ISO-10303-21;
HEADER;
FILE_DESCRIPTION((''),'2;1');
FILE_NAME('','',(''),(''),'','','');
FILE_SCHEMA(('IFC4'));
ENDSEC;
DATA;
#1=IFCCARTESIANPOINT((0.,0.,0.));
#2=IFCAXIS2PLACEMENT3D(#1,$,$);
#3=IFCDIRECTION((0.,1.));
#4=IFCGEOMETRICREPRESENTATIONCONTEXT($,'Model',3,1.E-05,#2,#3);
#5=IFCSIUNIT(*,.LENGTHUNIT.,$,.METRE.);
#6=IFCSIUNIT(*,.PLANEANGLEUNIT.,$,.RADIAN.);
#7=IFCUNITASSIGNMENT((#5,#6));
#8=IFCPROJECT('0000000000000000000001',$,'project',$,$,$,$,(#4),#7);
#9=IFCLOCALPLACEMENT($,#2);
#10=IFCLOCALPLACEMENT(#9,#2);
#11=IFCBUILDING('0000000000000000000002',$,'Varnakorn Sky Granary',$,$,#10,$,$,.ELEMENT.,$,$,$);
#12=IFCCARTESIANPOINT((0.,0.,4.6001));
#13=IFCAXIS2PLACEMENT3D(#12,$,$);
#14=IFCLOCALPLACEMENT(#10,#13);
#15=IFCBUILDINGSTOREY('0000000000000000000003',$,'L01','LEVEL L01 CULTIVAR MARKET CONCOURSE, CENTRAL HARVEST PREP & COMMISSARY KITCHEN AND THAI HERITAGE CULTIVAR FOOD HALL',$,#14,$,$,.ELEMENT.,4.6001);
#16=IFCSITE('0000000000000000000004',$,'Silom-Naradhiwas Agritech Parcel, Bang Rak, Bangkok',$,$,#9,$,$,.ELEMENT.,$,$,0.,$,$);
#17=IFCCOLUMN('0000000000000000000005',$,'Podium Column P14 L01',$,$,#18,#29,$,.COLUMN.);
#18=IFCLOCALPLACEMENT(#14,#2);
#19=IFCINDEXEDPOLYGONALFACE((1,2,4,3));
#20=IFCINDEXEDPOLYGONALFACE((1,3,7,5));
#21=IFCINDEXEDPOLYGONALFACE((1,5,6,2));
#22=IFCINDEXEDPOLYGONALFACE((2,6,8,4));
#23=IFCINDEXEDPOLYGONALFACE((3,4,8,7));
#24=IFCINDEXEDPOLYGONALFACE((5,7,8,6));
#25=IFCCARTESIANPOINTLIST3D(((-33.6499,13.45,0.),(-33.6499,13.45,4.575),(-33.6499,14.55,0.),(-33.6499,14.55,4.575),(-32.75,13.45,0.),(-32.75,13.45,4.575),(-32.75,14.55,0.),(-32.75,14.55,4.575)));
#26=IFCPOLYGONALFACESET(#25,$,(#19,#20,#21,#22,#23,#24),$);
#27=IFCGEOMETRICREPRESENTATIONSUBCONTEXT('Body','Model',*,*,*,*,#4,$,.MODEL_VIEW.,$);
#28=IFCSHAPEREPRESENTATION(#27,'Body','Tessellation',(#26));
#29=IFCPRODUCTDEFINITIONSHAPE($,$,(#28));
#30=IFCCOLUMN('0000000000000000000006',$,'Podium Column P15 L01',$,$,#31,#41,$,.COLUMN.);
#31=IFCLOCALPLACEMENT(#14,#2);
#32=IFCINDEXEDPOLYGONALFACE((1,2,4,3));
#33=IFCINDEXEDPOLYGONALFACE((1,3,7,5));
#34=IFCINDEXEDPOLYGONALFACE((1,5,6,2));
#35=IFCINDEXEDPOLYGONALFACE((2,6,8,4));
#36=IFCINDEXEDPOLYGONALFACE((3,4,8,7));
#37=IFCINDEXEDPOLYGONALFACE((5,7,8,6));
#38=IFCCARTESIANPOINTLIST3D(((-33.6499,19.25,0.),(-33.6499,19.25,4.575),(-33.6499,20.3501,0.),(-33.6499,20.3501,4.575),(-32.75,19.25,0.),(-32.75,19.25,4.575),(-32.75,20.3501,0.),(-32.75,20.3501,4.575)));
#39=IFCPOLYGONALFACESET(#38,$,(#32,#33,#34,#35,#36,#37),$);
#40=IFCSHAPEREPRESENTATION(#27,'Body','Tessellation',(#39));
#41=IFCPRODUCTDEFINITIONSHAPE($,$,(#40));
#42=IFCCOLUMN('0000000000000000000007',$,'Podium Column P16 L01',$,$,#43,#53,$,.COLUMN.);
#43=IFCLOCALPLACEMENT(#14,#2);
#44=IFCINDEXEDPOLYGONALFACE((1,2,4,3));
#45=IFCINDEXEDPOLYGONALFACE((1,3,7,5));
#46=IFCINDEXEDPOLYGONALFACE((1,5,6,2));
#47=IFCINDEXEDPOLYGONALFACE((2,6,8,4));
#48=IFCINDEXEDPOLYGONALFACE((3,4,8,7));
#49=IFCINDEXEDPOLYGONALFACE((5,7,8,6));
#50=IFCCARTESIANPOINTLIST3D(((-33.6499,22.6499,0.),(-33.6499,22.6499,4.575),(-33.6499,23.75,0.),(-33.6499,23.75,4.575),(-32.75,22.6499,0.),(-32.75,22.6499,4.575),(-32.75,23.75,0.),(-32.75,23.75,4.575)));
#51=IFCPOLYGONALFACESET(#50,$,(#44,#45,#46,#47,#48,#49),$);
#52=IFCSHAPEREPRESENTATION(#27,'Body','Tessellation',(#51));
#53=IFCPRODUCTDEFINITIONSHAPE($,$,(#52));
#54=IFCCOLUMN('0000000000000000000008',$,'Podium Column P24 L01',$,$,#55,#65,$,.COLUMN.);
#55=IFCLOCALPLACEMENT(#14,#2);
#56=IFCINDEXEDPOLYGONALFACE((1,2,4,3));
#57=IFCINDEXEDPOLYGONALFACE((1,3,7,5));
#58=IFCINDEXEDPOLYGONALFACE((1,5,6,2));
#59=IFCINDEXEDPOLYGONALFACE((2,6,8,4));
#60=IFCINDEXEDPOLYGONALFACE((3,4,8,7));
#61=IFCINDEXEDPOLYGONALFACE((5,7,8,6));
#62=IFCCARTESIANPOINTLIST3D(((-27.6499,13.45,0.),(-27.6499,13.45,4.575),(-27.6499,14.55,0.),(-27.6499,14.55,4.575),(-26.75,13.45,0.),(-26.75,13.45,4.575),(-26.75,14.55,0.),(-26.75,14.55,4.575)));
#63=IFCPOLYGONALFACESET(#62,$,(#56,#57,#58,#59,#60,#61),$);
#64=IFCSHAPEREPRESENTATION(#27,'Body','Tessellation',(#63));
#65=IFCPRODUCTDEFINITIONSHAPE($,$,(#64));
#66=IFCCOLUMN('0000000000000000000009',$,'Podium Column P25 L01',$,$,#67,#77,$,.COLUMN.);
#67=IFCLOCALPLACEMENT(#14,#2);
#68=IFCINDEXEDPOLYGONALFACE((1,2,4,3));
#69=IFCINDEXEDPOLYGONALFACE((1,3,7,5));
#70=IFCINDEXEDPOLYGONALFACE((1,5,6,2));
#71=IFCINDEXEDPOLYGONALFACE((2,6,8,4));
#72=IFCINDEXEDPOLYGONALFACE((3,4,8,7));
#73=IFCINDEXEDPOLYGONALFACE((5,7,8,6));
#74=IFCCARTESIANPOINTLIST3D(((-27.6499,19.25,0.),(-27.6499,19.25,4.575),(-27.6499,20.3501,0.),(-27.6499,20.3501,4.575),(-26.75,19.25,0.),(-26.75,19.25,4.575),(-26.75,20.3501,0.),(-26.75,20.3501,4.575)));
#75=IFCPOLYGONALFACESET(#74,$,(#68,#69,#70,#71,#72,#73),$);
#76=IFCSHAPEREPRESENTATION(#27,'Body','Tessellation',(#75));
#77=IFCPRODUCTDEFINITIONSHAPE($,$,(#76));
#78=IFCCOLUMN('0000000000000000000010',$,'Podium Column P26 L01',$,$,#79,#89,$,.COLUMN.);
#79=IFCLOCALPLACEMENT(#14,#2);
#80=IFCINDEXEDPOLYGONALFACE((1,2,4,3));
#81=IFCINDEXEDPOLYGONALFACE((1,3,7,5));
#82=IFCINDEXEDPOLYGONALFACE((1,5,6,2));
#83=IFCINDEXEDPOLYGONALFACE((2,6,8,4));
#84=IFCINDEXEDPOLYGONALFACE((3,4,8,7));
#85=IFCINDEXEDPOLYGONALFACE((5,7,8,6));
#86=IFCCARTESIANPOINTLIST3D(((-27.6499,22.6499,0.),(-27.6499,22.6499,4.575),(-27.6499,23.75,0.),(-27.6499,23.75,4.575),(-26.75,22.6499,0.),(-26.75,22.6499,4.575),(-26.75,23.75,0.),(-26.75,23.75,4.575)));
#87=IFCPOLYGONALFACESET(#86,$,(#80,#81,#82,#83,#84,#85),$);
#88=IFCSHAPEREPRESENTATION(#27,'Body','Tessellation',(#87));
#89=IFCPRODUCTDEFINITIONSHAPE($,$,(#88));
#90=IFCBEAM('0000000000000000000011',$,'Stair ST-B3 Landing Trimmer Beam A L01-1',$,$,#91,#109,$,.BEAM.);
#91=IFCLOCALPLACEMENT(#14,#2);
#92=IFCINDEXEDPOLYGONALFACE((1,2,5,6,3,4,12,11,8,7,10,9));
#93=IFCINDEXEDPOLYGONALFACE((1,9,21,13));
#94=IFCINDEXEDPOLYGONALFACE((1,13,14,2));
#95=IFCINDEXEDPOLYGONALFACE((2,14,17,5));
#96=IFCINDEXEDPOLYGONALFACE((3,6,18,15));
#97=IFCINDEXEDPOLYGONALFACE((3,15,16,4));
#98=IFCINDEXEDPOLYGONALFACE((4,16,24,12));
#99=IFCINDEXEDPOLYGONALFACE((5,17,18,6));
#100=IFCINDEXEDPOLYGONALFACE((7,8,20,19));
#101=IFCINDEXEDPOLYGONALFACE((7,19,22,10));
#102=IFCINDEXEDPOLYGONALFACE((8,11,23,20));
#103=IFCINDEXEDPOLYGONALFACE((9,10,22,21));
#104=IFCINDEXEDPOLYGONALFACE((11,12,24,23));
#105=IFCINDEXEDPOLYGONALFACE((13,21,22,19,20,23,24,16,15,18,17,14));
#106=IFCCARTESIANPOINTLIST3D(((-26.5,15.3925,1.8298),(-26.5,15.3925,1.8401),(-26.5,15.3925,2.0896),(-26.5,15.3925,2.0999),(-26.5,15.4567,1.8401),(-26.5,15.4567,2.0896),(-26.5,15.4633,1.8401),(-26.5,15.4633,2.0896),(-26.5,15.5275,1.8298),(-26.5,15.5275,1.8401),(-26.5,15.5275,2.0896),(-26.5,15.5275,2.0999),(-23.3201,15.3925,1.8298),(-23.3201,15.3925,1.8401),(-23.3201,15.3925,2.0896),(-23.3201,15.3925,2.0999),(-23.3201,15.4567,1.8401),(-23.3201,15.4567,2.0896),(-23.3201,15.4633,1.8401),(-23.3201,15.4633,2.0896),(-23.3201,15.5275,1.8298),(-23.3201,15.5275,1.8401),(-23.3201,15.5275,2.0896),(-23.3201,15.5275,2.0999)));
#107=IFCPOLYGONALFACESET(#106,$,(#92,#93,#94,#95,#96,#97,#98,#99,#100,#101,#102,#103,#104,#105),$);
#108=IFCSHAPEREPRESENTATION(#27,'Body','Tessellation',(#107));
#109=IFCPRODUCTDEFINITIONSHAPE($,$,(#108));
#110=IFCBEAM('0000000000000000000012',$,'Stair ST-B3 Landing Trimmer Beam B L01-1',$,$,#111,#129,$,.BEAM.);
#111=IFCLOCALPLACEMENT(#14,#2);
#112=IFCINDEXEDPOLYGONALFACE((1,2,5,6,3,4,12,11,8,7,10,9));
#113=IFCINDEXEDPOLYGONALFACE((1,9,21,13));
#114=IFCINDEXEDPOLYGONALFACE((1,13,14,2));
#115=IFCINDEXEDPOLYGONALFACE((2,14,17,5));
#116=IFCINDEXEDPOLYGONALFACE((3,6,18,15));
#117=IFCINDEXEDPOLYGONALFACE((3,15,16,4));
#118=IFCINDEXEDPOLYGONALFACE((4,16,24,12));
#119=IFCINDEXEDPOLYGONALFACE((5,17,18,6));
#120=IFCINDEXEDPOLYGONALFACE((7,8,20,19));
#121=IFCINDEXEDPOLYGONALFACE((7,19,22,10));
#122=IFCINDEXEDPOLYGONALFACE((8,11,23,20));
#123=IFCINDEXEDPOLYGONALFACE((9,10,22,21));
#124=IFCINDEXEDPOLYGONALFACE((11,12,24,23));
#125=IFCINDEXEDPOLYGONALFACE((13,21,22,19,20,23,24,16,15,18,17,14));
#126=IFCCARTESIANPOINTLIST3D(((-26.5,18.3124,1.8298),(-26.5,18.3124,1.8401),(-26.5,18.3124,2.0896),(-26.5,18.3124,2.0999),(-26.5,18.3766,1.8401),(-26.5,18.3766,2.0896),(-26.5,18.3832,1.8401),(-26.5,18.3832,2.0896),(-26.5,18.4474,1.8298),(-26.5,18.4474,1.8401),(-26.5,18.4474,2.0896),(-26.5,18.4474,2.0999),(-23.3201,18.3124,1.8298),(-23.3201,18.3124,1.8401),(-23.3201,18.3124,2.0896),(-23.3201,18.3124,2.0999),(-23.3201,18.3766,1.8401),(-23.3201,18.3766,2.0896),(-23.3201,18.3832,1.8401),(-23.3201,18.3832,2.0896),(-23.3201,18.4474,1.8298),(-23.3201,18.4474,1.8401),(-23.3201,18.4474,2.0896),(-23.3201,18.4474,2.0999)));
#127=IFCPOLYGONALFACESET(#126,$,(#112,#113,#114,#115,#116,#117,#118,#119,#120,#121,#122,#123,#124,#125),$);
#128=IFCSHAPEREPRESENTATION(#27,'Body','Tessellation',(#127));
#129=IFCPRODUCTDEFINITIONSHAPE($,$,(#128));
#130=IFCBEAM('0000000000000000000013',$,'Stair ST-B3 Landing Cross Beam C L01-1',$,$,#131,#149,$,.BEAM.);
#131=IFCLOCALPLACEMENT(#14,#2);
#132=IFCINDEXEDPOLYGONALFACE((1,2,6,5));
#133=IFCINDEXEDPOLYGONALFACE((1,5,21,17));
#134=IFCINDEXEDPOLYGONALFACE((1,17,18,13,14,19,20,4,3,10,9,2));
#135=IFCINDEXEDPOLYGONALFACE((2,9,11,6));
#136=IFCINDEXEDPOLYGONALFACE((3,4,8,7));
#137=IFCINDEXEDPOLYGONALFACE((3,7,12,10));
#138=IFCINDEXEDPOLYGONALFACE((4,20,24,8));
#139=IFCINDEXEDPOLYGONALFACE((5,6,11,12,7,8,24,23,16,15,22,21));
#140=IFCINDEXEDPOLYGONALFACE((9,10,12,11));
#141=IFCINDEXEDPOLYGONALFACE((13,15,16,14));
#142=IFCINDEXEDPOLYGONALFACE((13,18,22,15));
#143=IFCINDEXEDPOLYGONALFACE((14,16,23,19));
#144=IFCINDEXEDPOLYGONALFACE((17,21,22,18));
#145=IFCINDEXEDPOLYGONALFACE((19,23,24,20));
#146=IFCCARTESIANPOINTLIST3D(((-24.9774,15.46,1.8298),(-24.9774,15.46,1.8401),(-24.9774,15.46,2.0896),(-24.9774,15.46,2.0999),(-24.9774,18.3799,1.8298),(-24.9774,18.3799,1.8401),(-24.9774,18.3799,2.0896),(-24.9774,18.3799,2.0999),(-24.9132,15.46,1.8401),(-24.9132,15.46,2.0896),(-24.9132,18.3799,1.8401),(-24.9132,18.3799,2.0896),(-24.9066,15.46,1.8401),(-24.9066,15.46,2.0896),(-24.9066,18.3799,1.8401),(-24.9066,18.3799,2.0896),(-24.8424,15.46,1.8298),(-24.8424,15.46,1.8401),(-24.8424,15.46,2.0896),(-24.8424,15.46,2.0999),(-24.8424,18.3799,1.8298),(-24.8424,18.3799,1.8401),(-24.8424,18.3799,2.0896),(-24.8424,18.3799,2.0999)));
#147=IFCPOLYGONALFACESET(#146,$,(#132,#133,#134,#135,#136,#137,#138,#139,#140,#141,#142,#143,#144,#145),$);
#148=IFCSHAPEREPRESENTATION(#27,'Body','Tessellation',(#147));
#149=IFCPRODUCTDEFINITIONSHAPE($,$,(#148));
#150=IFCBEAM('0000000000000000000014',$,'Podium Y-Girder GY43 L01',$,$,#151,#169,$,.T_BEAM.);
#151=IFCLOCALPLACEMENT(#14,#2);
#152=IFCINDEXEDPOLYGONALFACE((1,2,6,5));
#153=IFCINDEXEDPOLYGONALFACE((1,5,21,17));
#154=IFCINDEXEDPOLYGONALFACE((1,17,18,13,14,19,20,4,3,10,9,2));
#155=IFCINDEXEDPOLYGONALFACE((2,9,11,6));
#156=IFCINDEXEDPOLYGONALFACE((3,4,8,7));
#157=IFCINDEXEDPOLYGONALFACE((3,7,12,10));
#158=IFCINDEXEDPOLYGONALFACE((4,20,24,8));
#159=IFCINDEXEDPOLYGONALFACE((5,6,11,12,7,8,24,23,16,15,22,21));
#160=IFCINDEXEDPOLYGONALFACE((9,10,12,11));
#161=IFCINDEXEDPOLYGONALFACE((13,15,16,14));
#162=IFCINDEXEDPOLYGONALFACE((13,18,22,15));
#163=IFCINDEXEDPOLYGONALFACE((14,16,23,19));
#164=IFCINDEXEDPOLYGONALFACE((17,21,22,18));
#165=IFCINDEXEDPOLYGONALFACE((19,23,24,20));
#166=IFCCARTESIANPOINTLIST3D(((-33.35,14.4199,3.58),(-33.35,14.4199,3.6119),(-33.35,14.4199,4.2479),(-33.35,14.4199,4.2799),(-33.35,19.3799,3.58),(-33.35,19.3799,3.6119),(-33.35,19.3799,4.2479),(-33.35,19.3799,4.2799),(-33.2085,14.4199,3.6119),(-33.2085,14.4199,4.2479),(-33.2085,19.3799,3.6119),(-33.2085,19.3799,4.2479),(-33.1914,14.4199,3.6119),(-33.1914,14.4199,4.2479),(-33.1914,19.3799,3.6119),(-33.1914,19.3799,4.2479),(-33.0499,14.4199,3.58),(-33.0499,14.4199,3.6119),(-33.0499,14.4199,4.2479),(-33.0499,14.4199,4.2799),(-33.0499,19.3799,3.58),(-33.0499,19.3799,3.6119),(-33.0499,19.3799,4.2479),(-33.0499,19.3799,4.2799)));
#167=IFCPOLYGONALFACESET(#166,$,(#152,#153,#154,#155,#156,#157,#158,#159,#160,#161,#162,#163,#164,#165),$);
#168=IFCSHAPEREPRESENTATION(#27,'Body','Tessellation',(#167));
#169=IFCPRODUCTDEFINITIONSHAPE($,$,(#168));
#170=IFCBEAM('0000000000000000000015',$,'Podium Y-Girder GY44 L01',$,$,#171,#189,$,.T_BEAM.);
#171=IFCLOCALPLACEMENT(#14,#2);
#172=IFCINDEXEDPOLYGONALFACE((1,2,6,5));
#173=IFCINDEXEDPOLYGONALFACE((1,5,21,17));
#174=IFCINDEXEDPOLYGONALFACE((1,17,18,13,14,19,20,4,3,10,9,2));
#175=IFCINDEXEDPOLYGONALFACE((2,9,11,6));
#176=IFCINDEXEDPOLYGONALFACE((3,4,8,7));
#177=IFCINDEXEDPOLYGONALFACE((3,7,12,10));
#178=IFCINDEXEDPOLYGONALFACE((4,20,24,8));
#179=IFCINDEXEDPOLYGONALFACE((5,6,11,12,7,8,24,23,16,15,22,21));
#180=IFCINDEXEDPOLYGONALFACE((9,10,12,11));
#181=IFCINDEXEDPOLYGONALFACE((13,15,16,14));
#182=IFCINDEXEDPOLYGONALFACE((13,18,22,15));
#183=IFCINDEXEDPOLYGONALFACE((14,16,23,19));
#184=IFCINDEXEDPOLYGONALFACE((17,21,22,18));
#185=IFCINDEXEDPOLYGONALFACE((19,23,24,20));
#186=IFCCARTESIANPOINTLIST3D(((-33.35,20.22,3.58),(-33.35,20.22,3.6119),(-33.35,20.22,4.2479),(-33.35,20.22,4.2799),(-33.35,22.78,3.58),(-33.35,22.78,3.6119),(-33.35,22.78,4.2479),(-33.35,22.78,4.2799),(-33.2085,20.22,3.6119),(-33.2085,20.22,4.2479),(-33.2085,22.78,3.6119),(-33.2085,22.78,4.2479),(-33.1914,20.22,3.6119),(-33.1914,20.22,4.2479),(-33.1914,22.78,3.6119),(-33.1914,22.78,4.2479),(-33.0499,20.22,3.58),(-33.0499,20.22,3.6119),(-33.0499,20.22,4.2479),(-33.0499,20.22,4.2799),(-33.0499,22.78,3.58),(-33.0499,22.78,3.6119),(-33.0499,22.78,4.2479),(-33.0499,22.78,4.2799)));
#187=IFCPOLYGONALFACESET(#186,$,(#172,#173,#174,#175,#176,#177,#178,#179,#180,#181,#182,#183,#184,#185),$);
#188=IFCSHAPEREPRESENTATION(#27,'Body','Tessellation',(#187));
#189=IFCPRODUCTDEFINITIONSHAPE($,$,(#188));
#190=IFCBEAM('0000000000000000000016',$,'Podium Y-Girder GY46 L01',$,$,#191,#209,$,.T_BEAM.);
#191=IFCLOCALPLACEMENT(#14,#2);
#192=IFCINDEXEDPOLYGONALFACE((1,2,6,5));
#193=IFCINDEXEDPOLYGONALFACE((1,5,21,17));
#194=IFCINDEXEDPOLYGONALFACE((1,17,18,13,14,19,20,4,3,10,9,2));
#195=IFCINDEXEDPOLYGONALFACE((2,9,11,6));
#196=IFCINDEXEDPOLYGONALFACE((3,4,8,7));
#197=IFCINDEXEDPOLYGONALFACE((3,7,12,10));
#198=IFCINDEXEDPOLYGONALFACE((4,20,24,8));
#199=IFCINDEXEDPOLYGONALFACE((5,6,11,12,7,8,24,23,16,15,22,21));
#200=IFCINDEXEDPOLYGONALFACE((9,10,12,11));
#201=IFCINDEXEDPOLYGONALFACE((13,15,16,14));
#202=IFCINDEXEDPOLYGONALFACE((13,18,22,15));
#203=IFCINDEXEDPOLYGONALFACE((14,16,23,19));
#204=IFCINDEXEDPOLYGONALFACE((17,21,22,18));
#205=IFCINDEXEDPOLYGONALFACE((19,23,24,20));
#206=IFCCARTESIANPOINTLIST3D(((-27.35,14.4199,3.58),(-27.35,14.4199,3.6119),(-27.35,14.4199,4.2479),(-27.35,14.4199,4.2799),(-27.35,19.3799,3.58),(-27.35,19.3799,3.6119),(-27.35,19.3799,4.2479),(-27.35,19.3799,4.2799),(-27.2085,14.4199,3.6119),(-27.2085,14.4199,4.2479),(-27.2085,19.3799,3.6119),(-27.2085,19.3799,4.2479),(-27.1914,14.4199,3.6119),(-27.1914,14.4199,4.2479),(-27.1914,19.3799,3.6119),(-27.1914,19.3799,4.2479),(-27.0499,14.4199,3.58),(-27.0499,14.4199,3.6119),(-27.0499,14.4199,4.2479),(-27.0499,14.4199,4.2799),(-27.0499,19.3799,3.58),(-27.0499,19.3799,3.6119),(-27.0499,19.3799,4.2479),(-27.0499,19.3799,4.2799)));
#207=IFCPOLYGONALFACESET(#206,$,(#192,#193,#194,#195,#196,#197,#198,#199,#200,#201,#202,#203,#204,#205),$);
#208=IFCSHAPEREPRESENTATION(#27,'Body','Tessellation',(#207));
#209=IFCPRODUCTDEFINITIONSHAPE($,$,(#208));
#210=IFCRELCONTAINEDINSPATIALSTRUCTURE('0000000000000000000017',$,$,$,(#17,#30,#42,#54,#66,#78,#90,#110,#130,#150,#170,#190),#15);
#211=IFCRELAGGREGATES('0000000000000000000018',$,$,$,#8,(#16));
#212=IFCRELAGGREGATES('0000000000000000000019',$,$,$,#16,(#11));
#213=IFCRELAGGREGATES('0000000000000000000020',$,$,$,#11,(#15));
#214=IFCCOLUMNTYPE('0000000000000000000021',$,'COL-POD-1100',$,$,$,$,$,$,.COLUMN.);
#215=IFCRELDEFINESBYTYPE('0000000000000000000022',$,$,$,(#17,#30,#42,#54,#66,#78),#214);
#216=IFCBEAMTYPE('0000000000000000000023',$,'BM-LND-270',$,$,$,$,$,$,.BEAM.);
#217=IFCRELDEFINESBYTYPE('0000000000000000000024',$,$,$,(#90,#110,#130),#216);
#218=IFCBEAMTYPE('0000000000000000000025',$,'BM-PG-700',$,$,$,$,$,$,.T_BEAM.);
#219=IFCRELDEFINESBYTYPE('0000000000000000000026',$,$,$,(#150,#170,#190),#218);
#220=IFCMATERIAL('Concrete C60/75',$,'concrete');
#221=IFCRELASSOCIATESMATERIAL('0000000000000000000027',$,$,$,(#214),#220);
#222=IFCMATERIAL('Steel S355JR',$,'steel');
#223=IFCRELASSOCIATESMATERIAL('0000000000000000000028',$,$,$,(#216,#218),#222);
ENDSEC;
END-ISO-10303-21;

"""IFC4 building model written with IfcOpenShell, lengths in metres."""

from ifc_helpers import new_model, si_unit, direction, frame, origin, origin_2d, place, context, subcontext, project, spatial, rectangle, i_section, extrude, material, material_profile, profile_set, type_object, element, save


model = new_model("IFC4")

# Units and contexts
model_context = context("Model", 3, precision=1e-05, world=origin(), true_north=direction((0.0, 1.0)))
body_context = subcontext(model_context, "Body", "Model", "MODEL_VIEW")
ifc_project = project(units=[si_unit("LENGTHUNIT", "METRE"), si_unit("PLANEANGLEUNIT", "RADIAN")], contexts=[model_context])

# Site, building, storey
site_placement = place(None, origin())
site = spatial("IfcSite", under=ifc_project, at=site_placement, Name="Silom-Naradhiwas Agritech Parcel, Bang Rak, Bangkok", CompositionType="ELEMENT", RefElevation=0.0)
building_placement = place(site_placement, origin())
building = spatial("IfcBuilding", under=site, at=building_placement, Name="Varnakorn Sky Granary", CompositionType="ELEMENT")
storey_placement = place(building_placement, frame((0.0, 0.0, 4.6001)))
storey = spatial("IfcBuildingStorey", under=building, at=storey_placement, Name="L01", Description="LEVEL L01 CULTIVAR MARKET CONCOURSE, CENTRAL HARVEST PREP & COMMISSARY KITCHEN AND THAI HERITAGE CULTIVAR FOOD HALL", CompositionType="ELEMENT", Elevation=4.6001)

# Columns
ifc_material_1 = material(Name="Concrete C60/75", Category="concrete")
ifc_material_profile_1 = material_profile(ifc_material_1, rectangle(XDim=0.8999, YDim=1.1001, at=origin_2d()), Name="RC 900x1100")
ifc_profile_set_1 = profile_set([ifc_material_profile_1], Name="Concrete C60/75")
column_type = type_object("IfcColumnType", Name="COL-POD-1100", PredefinedType="COLUMN", material=ifc_profile_set_1)
for number, where, z_axis, x_axis, name in (
    (1, (-33.2, 14.0, 0.0), (0.0, 0.0, 1.0), (1.0, 0.0, 0.0), "Podium Column P14 L01"),
    (2, (-33.2, 19.8, 0.0), (0.0, 0.0, 1.0), (1.0, 0.0, 0.0), "Podium Column P15 L01"),
    (3, (-33.2, 23.2, 0.0), (0.0, 0.0, 1.0), (1.0, 0.0, 0.0), "Podium Column P16 L01"),
    (4, (-27.2, 14.0, 0.0), (0.0, 0.0, 1.0), (1.0, 0.0, 0.0), "Podium Column P24 L01"),
    (5, (-27.2, 19.8, 0.0), (0.0, 0.0, 1.0), (1.0, 0.0, 0.0), "Podium Column P25 L01"),
    (6, (-27.2, 23.2, 0.0), (0.0, 0.0, 1.0), (1.0, 0.0, 0.0), "Podium Column P26 L01"),
):
    element("IfcColumn", number, at=place(storey_placement, frame(where, z_axis=z_axis, x_axis=x_axis)), inside=storey, type_object=column_type, Name=name, PredefinedType="COLUMN", context=body_context, shape_type="SweptSolid", body=[
        extrude(rectangle(XDim=0.8999, YDim=1.1001, at=origin_2d()), origin(), (0.0, 0.0, 1.0), 4.575),
    ])

# Beams
ifc_material_2 = material(Name="Steel S355JR", Category="steel")
ifc_material_profile_2 = material_profile(ifc_material_2, i_section(OverallWidth=0.135, OverallDepth=0.27, WebThickness=0.0066, FlangeThickness=0.0103, at=origin_2d()), Name="IPE 270")
ifc_profile_set_2 = profile_set([ifc_material_profile_2], Name="Steel S355JR")
beam_type_1 = type_object("IfcBeamType", Name="BM-LND-270", PredefinedType="BEAM", material=ifc_profile_set_2)
for number, where, z_axis, x_axis, name in (
    (7, (-26.5, 15.46, 1.9648), (1.0, 0.0, 0.0), (0.0, 1.0, 0.0), "Stair ST-B3 Landing Trimmer Beam A L01-1"),
    (8, (-26.5, 18.3799, 1.9648), (1.0, 0.0, 0.0), (0.0, 1.0, 0.0), "Stair ST-B3 Landing Trimmer Beam B L01-1"),
):
    element("IfcBeam", number, at=place(storey_placement, frame(where, z_axis=z_axis, x_axis=x_axis)), inside=storey, type_object=beam_type_1, Name=name, PredefinedType="BEAM", context=body_context, shape_type="SweptSolid", body=[
        extrude(i_section(OverallWidth=0.135, OverallDepth=0.27, WebThickness=0.0066, FlangeThickness=0.0103, at=origin_2d()), origin(), (0.0, 0.0, 1.0), 3.1799),
    ])
beam_1_placement = place(storey_placement, frame((-24.9099, 15.46, 1.9648), z_axis=(0.0, 1.0, 0.0), x_axis=(-1.0, 0.0, 0.0)))
element("IfcBeam", 9, at=beam_1_placement, inside=storey, type_object=beam_type_1, Name="Stair ST-B3 Landing Cross Beam C L01-1", PredefinedType="BEAM", context=body_context, shape_type="SweptSolid", body=[
    extrude(i_section(OverallWidth=0.135, OverallDepth=0.27, WebThickness=0.0066, FlangeThickness=0.0103, at=origin_2d()), origin(), (0.0, 0.0, 1.0), 2.9199),
])
ifc_material_profile_3 = material_profile(ifc_material_2, i_section(OverallWidth=0.3, OverallDepth=0.7, WebThickness=0.0171, FlangeThickness=0.032, at=origin_2d()), Name="HE 700 B")
ifc_profile_set_3 = profile_set([ifc_material_profile_3], Name="Steel S355JR")
beam_type_2 = type_object("IfcBeamType", Name="BM-PG-700", PredefinedType="T_BEAM", material=ifc_profile_set_3)
beam_2_placement = place(storey_placement, frame((-33.2, 14.4199, 3.9299), z_axis=(0.0, 1.0, 0.0), x_axis=(-1.0, 0.0, 0.0)))
element("IfcBeam", 10, at=beam_2_placement, inside=storey, type_object=beam_type_2, Name="Podium Y-Girder GY43 L01", PredefinedType="T_BEAM", context=body_context, shape_type="SweptSolid", body=[
    extrude(i_section(OverallWidth=0.3, OverallDepth=0.7, WebThickness=0.0171, FlangeThickness=0.032, at=origin_2d()), origin(), (0.0, 0.0, 1.0), 4.96),
])
beam_3_placement = place(storey_placement, frame((-33.2, 20.22, 3.9299), z_axis=(0.0, 1.0, 0.0), x_axis=(-1.0, 0.0, 0.0)))
element("IfcBeam", 11, at=beam_3_placement, inside=storey, type_object=beam_type_2, Name="Podium Y-Girder GY44 L01", PredefinedType="T_BEAM", context=body_context, shape_type="SweptSolid", body=[
    extrude(i_section(OverallWidth=0.3, OverallDepth=0.7, WebThickness=0.0171, FlangeThickness=0.032, at=origin_2d()), origin(), (0.0, 0.0, 1.0), 2.5601),
])
beam_4_placement = place(storey_placement, frame((-27.2, 14.4199, 3.9299), z_axis=(0.0, 1.0, 0.0), x_axis=(-1.0, 0.0, 0.0)))
element("IfcBeam", 12, at=beam_4_placement, inside=storey, type_object=beam_type_2, Name="Podium Y-Girder GY46 L01", PredefinedType="T_BEAM", context=body_context, shape_type="SweptSolid", body=[
    extrude(i_section(OverallWidth=0.3, OverallDepth=0.7, WebThickness=0.0171, FlangeThickness=0.032, at=origin_2d()), origin(), (0.0, 0.0, 1.0), 4.96),
])

save(model, "model.ifc")
